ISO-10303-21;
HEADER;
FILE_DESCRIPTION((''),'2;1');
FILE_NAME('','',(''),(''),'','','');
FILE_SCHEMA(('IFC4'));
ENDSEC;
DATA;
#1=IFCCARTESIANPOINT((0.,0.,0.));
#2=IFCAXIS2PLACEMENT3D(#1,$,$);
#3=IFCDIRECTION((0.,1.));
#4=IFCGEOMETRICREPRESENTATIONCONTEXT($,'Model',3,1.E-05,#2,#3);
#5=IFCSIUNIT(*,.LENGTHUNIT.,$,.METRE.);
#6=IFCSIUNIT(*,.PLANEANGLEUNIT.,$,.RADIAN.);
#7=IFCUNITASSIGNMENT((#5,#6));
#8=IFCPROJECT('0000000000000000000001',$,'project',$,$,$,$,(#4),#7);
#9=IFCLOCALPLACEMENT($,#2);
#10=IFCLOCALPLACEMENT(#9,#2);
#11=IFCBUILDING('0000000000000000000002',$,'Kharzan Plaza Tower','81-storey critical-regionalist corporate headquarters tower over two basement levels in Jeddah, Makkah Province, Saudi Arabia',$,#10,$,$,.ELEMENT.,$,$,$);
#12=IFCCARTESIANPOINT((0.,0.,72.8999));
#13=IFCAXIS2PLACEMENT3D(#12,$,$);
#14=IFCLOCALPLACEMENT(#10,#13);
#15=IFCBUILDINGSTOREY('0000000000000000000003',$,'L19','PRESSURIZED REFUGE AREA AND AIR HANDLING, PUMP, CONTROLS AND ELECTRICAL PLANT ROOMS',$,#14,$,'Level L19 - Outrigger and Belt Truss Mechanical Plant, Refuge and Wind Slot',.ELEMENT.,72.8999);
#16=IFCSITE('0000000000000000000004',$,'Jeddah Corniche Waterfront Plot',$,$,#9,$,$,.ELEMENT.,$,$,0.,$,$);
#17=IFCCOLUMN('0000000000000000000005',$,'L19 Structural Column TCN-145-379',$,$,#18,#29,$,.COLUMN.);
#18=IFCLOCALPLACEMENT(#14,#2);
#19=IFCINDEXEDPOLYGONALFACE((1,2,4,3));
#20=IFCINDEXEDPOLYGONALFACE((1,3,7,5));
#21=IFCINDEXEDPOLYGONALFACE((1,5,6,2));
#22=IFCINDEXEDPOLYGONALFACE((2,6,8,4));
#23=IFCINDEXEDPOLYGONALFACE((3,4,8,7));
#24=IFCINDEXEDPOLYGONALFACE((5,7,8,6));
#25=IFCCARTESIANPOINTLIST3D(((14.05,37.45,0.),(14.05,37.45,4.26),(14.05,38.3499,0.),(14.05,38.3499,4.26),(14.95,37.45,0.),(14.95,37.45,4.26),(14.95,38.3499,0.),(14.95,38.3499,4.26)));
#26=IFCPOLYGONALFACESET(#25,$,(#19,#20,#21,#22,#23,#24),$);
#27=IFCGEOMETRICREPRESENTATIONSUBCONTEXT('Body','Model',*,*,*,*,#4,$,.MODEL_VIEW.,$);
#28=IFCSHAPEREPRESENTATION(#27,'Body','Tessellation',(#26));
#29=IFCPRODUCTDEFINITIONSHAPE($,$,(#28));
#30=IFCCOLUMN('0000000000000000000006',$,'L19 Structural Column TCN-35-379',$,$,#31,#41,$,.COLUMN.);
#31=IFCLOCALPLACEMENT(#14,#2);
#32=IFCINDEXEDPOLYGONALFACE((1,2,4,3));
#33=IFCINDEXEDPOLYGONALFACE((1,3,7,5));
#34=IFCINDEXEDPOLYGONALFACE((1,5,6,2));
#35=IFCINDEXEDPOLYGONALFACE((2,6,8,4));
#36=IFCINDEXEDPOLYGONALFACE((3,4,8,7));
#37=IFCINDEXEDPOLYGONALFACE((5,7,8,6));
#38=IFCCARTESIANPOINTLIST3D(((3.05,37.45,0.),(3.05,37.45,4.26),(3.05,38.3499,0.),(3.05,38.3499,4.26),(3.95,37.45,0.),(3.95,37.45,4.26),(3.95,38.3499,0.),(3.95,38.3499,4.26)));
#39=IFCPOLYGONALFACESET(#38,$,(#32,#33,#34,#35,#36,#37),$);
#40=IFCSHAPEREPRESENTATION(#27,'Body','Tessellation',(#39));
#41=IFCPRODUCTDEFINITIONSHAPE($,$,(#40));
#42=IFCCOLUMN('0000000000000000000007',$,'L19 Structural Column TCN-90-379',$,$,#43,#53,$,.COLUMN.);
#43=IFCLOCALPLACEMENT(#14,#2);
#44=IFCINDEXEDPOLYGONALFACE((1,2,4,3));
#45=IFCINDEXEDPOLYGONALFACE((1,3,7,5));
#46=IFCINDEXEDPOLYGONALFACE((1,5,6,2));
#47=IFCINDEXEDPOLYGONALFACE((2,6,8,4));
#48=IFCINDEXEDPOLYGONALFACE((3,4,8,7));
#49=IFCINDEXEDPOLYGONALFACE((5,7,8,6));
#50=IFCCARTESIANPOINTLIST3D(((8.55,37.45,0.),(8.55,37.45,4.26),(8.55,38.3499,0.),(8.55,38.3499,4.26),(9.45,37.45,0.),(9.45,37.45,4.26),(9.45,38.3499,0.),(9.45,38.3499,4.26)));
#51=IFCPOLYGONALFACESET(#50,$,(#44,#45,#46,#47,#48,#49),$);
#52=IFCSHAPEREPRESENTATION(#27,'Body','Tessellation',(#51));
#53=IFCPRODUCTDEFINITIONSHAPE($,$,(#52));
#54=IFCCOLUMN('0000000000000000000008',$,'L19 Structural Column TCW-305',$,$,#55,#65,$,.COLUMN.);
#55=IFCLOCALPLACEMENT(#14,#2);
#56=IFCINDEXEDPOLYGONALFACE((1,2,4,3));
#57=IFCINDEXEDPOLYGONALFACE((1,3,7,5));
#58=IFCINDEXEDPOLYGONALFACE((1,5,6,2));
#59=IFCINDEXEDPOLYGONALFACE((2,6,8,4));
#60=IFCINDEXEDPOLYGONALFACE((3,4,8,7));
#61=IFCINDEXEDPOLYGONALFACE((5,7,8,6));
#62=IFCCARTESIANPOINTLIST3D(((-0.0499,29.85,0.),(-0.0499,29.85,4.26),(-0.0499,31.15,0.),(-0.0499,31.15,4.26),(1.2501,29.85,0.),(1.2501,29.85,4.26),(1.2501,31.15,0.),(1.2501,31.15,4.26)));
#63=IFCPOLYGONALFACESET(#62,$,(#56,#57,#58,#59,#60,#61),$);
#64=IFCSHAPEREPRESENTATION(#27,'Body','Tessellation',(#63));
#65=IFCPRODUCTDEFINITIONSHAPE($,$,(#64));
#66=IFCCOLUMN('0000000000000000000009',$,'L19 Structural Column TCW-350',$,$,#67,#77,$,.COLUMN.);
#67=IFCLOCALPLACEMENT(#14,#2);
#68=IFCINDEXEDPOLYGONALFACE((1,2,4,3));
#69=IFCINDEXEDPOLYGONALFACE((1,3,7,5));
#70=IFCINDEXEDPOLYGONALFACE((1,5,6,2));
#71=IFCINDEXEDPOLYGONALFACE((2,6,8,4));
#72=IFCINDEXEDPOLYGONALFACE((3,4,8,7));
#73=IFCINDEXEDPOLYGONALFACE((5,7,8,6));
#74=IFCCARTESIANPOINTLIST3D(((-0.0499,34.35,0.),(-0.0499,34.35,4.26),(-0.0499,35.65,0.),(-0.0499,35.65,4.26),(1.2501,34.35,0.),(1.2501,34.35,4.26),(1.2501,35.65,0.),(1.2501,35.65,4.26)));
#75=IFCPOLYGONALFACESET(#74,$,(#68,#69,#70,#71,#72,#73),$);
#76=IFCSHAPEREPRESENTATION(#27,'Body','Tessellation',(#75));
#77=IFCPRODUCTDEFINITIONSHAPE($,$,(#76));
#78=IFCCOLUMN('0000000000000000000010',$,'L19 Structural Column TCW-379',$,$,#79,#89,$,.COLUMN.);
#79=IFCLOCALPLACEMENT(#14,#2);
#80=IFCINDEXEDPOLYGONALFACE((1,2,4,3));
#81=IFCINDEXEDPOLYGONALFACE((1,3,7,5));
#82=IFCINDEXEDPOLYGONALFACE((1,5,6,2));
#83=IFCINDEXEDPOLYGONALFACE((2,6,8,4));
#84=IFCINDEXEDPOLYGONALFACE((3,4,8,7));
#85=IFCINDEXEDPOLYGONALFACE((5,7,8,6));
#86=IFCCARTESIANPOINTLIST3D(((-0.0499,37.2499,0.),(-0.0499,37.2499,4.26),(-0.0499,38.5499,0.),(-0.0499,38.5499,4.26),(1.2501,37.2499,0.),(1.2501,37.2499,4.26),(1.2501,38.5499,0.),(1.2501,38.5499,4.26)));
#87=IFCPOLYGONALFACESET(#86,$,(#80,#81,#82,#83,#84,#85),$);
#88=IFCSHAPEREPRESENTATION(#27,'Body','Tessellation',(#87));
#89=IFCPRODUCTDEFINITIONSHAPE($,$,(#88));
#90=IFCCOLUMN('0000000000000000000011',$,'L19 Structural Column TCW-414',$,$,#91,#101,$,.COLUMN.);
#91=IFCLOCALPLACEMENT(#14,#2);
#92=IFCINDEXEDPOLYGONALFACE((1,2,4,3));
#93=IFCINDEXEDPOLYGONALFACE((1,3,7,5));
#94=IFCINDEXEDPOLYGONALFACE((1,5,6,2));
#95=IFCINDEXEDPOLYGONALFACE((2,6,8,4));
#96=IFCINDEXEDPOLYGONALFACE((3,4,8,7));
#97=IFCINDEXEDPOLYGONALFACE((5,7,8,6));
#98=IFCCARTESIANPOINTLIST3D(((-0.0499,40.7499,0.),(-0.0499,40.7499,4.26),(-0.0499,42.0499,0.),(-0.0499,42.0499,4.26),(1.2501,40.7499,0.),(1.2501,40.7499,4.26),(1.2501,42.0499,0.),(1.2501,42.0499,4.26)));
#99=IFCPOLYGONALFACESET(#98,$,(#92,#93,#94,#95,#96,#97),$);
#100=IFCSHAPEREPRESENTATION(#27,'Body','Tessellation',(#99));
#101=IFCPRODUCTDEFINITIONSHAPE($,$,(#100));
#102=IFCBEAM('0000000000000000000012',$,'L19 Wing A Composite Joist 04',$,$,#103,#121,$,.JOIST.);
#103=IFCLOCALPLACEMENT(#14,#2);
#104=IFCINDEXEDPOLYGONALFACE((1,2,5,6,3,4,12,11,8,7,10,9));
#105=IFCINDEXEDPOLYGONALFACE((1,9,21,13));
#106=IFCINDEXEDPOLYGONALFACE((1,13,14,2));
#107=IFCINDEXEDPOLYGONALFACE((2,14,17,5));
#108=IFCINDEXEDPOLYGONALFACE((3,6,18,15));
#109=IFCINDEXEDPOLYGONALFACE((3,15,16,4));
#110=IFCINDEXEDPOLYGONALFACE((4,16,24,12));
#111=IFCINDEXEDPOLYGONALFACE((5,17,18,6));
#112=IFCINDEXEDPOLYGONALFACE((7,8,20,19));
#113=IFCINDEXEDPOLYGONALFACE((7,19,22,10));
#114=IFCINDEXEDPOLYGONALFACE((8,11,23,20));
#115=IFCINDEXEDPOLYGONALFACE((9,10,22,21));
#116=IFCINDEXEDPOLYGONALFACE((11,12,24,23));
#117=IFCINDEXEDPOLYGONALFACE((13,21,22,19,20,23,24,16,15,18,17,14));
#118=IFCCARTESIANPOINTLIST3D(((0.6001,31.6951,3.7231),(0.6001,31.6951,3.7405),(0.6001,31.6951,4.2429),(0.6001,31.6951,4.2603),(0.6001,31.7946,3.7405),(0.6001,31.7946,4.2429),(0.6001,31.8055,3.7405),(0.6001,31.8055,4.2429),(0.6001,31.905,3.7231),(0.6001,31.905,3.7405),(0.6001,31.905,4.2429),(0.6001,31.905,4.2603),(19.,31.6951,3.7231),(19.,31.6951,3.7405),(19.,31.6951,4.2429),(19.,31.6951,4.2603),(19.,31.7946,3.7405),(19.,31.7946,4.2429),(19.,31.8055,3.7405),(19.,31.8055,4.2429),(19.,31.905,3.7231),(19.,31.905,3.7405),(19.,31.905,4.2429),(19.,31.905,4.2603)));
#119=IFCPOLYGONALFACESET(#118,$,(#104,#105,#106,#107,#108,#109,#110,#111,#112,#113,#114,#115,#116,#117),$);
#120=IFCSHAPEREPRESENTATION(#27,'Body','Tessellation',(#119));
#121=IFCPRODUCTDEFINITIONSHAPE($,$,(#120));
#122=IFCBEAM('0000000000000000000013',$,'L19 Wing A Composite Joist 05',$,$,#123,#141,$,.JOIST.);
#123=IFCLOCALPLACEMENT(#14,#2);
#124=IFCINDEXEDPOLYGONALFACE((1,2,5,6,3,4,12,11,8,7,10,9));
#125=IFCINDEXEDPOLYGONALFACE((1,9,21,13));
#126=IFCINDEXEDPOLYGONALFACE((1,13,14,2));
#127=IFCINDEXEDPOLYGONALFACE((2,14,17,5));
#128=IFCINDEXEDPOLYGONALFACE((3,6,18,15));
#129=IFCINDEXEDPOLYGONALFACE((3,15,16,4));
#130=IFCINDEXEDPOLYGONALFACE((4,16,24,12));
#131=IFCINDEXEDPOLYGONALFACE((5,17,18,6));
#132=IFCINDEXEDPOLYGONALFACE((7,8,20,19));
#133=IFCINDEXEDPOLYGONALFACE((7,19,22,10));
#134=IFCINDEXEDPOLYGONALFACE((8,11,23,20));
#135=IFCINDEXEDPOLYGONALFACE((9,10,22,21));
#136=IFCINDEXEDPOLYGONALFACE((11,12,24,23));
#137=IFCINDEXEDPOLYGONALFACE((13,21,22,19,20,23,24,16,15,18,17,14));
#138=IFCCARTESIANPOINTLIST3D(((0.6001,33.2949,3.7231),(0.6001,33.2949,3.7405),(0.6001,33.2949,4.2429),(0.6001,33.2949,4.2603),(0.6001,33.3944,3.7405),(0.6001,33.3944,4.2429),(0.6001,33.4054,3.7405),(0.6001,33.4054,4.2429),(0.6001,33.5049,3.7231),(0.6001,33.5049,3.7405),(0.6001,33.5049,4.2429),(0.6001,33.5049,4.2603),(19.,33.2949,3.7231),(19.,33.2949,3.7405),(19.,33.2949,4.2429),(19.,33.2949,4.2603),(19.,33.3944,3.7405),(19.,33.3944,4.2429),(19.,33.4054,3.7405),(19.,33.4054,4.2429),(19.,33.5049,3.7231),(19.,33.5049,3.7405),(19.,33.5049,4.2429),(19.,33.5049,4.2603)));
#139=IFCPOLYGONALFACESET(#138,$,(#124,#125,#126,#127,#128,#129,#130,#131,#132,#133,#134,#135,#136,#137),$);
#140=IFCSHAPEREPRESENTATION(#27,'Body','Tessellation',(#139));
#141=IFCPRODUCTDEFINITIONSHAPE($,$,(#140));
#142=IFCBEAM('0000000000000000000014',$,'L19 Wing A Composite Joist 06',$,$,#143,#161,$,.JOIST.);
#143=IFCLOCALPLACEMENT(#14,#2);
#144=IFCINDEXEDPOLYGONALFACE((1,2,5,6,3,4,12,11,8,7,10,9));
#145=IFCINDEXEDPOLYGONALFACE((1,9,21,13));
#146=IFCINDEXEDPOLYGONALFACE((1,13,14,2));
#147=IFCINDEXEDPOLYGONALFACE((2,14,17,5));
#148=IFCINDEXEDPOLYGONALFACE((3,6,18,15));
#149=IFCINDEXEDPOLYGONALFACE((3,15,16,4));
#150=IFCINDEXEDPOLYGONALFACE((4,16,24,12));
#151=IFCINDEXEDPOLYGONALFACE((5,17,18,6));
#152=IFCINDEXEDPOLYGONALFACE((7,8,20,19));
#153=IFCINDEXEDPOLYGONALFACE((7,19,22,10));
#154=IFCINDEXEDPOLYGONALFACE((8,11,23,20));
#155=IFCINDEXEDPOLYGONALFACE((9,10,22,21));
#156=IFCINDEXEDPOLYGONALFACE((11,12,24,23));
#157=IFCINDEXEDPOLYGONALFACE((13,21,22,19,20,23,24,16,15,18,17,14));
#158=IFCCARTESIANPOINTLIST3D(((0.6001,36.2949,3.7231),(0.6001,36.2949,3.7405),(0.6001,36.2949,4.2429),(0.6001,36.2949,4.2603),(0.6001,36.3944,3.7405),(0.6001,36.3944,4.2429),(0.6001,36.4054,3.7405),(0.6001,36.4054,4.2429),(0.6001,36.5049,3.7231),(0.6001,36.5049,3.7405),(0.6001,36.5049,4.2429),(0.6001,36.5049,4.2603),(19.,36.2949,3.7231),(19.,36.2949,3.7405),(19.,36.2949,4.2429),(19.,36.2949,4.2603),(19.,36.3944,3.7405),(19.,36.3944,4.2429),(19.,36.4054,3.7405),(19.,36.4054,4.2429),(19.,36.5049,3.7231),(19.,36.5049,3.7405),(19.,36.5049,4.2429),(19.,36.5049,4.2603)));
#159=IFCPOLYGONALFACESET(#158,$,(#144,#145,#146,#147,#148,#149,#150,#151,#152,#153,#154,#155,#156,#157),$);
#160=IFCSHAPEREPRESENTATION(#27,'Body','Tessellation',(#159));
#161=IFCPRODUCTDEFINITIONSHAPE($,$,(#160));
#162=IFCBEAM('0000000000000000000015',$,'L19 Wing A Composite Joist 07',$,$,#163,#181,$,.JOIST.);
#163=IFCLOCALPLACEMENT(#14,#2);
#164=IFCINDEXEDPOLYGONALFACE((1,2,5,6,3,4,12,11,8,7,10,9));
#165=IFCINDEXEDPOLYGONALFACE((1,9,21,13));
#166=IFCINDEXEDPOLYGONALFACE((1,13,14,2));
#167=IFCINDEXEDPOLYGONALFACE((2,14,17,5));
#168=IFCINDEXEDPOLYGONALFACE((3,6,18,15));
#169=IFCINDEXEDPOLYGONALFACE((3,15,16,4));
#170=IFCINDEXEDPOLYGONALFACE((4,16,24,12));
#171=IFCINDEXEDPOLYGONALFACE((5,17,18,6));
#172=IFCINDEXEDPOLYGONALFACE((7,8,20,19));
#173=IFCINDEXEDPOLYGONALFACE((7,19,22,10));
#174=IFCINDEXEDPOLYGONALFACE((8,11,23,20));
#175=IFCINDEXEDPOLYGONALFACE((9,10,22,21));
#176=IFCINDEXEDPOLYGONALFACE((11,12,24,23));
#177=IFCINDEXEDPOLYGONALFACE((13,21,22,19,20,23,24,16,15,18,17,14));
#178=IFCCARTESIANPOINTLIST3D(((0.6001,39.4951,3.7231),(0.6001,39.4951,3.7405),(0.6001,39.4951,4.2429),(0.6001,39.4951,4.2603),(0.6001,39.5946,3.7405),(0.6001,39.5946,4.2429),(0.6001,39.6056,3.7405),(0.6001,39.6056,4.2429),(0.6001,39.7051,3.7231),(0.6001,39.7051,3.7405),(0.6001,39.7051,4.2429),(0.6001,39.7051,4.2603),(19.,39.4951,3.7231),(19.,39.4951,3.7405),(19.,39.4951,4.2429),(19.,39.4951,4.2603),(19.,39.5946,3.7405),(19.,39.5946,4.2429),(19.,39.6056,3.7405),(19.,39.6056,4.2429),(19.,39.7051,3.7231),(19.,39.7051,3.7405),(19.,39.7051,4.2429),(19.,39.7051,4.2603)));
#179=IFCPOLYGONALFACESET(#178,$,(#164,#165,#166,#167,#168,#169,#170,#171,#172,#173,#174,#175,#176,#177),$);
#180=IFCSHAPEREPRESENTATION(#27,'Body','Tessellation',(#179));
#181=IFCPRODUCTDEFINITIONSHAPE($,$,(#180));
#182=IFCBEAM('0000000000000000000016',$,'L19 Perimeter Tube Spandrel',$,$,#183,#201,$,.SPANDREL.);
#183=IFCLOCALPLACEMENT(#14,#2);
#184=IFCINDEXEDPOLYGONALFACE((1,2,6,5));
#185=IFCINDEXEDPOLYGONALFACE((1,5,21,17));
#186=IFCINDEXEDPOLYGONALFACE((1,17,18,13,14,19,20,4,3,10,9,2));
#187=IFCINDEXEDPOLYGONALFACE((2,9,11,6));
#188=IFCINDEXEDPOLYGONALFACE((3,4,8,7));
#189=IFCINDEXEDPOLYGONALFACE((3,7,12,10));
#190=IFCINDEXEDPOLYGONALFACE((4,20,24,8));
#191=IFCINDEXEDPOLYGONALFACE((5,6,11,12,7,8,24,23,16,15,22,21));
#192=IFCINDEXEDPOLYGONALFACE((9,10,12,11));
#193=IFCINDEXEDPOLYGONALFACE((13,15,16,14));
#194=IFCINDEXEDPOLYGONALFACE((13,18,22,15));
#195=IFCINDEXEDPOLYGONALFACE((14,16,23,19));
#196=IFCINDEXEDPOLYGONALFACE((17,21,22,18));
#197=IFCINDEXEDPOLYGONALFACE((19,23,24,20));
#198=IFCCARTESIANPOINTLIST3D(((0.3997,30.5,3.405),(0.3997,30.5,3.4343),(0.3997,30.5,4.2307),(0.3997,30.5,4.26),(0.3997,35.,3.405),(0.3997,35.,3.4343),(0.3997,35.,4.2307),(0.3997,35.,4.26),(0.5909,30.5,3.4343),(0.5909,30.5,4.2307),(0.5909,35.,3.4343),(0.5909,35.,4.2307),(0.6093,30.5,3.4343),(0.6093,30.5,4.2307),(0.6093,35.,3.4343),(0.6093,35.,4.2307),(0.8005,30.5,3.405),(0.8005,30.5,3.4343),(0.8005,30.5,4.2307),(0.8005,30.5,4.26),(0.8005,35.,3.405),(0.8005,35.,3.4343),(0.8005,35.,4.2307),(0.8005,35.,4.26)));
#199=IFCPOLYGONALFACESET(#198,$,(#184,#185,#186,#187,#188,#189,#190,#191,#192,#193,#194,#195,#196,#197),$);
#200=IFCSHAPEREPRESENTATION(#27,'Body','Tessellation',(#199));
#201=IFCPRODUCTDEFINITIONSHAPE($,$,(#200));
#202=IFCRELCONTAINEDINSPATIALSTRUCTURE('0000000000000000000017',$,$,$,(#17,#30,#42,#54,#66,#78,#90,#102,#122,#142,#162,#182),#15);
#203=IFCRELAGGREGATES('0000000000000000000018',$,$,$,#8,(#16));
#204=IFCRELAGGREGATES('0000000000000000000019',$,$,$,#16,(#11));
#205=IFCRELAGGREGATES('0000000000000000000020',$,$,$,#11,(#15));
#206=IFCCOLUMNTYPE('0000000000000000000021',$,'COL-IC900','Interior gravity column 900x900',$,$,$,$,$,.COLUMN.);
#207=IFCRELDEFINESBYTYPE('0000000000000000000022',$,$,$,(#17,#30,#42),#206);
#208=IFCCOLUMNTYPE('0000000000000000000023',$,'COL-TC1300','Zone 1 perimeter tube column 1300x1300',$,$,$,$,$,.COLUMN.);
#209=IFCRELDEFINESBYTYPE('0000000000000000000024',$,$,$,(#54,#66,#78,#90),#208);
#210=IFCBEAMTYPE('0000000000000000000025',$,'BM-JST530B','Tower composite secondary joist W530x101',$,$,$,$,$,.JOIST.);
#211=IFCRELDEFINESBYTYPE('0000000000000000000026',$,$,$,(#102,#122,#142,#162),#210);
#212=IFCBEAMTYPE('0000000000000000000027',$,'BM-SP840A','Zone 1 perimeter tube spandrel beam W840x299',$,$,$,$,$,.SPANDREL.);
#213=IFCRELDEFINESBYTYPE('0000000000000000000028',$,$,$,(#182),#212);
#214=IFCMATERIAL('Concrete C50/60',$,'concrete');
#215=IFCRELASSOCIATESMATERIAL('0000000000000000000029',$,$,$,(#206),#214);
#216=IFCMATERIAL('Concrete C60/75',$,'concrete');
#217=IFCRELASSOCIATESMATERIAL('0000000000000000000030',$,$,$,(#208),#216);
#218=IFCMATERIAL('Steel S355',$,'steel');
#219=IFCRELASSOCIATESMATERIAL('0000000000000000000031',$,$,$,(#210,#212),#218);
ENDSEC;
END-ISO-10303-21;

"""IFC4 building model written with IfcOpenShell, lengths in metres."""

from ifc_helpers import new_model, si_unit, direction, frame, origin, origin_2d, place, context, subcontext, project, spatial, rectangle, i_section, extrude, source, transform, mapped, material, material_profile, profile_set, type_object, element, save


model = new_model("IFC4")

# Units and contexts
model_context = context("Model", 3, precision=1e-05, world=origin(), true_north=direction((0.0, 1.0)))
body_context = subcontext(model_context, "Body", "Model", "MODEL_VIEW")
ifc_project = project(units=[si_unit("LENGTHUNIT", "METRE"), si_unit("PLANEANGLEUNIT", "RADIAN")], contexts=[model_context])

# Site, building, storey
site_placement = place(None, origin())
site = spatial("IfcSite", under=ifc_project, at=site_placement, Name="Jeddah Corniche Waterfront Plot", CompositionType="ELEMENT", RefElevation=0.0)
building_placement = place(site_placement, origin())
building = spatial("IfcBuilding", under=site, at=building_placement, Name="Kharzan Plaza Tower", Description="81-storey critical-regionalist corporate headquarters tower over two basement levels in Jeddah, Makkah Province, Saudi Arabia", CompositionType="ELEMENT")
storey_placement = place(building_placement, frame((0.0, 0.0, 72.8999)))
storey = spatial("IfcBuildingStorey", under=building, at=storey_placement, Name="L19", Description="PRESSURIZED REFUGE AREA AND AIR HANDLING, PUMP, CONTROLS AND ELECTRICAL PLANT ROOMS", LongName="Level L19 - Outrigger and Belt Truss Mechanical Plant, Refuge and Wind Slot", CompositionType="ELEMENT", Elevation=72.8999)

# Columns
ifc_material_1 = material(Name="Concrete C50/60", Category="concrete")
ifc_material_profile_1 = material_profile(ifc_material_1, rectangle(XDim=0.8999, YDim=0.8999, at=origin_2d()), Name="RC-IC900x900")
ifc_profile_set_1 = profile_set([ifc_material_profile_1], Name="Concrete C50/60")
column_type_1 = type_object("IfcColumnType", Name="COL-IC900", Description="Interior gravity column 900x900", PredefinedType="COLUMN", material=ifc_profile_set_1)
shared_shape_1 = source(origin(), body_context, "Body", "SweptSolid", [
    extrude(rectangle(XDim=0.8999, YDim=0.8999, at=origin_2d()), origin(), (0.0, 0.0, 1.0), 4.26),
])
for number, where, z_axis, x_axis, name in (
    (1, (14.5, 37.8999, 0.0), (0.0, 0.0, 1.0), (1.0, 0.0, 0.0), "L19 Structural Column TCN-145-379"),
    (2, (3.5, 37.8999, 0.0), (0.0, 0.0, 1.0), (1.0, 0.0, 0.0), "L19 Structural Column TCN-35-379"),
    (3, (9.0, 37.8999, 0.0), (0.0, 0.0, 1.0), (1.0, 0.0, 0.0), "L19 Structural Column TCN-90-379"),
):
    element("IfcColumn", number, at=place(storey_placement, frame(where, z_axis=z_axis, x_axis=x_axis)), inside=storey, type_object=column_type_1, Name=name, PredefinedType="COLUMN", context=body_context, shape_type="MappedRepresentation", body=[
        mapped(shared_shape_1, transform((0.0, 0.0, 0.0), x_axis=(1.0, 0.0, 0.0), y_axis=(0.0, 1.0, 0.0), z_axis=(0.0, 0.0, 1.0))),
    ])
ifc_material_2 = material(Name="Concrete C60/75", Category="concrete")
ifc_material_profile_2 = material_profile(ifc_material_2, rectangle(XDim=1.3, YDim=1.3, at=origin_2d()), Name="RC-TC1300x1300")
ifc_profile_set_2 = profile_set([ifc_material_profile_2], Name="Concrete C60/75")
column_type_2 = type_object("IfcColumnType", Name="COL-TC1300", Description="Zone 1 perimeter tube column 1300x1300", PredefinedType="COLUMN", material=ifc_profile_set_2)
shared_shape_2 = source(origin(), body_context, "Body", "SweptSolid", [
    extrude(rectangle(XDim=1.3, YDim=1.3, at=origin_2d()), origin(), (0.0, 0.0, 1.0), 4.26),
])
for number, where, z_axis, x_axis, name in (
    (4, (0.6001, 30.5, 0.0), (0.0, 0.0, 1.0), (1.0, 0.0, 0.0), "L19 Structural Column TCW-305"),
    (5, (0.6001, 35.0, 0.0), (0.0, 0.0, 1.0), (1.0, 0.0, 0.0), "L19 Structural Column TCW-350"),
    (6, (0.6001, 37.8999, 0.0), (0.0, 0.0, 1.0), (1.0, 0.0, 0.0), "L19 Structural Column TCW-379"),
    (7, (0.6001, 41.3999, 0.0), (0.0, 0.0, 1.0), (1.0, 0.0, 0.0), "L19 Structural Column TCW-414"),
):
    element("IfcColumn", number, at=place(storey_placement, frame(where, z_axis=z_axis, x_axis=x_axis)), inside=storey, type_object=column_type_2, Name=name, PredefinedType="COLUMN", context=body_context, shape_type="MappedRepresentation", body=[
        mapped(shared_shape_2, transform((0.0, 0.0, 0.0), x_axis=(1.0, 0.0, 0.0), y_axis=(0.0, 1.0, 0.0), z_axis=(0.0, 0.0, 1.0))),
    ])

# Beams
ifc_material_3 = material(Name="Steel S355", Category="steel")
ifc_material_profile_3 = material_profile(ifc_material_3, i_section(OverallWidth=0.21, OverallDepth=0.5371, WebThickness=0.011, FlangeThickness=0.0173, at=origin_2d()), Name="W530x101")
ifc_profile_set_3 = profile_set([ifc_material_profile_3], Name="Steel S355")
beam_type_1 = type_object("IfcBeamType", Name="BM-JST530B", Description="Tower composite secondary joist W530x101", PredefinedType="JOIST", material=ifc_profile_set_3)
shared_shape_3 = source(origin(), body_context, "Body", "SweptSolid", [
    extrude(i_section(OverallWidth=0.21, OverallDepth=0.5371, WebThickness=0.011, FlangeThickness=0.0173, at=origin_2d()), origin(), (0.0, 0.0, 1.0), 18.3999),
])
for number, where, z_axis, x_axis, name in (
    (8, (0.6001, 31.8, 3.9917), (1.0, 0.0, 0.0), (0.0, 1.0, 0.0), "L19 Wing A Composite Joist 04"),
    (9, (0.6001, 33.3999, 3.9917), (1.0, 0.0, 0.0), (0.0, 1.0, 0.0), "L19 Wing A Composite Joist 05"),
    (10, (0.6001, 36.3999, 3.9917), (1.0, 0.0, 0.0), (0.0, 1.0, 0.0), "L19 Wing A Composite Joist 06"),
    (11, (0.6001, 39.6001, 3.9917), (1.0, 0.0, 0.0), (0.0, 1.0, 0.0), "L19 Wing A Composite Joist 07"),
):
    element("IfcBeam", number, at=place(storey_placement, frame(where, z_axis=z_axis, x_axis=x_axis)), inside=storey, type_object=beam_type_1, Name=name, PredefinedType="JOIST", context=body_context, shape_type="MappedRepresentation", body=[
        mapped(shared_shape_3, transform((0.0, 0.0, 0.0), x_axis=(1.0, 0.0, 0.0), y_axis=(0.0, 1.0, 0.0), z_axis=(0.0, 0.0, 1.0))),
    ])
ifc_material_profile_4 = material_profile(ifc_material_3, i_section(OverallWidth=0.4009, OverallDepth=0.855, WebThickness=0.0183, FlangeThickness=0.0293, at=origin_2d()), Name="W840x299")
ifc_profile_set_4 = profile_set([ifc_material_profile_4], Name="Steel S355")
beam_type_2 = type_object("IfcBeamType", Name="BM-SP840A", Description="Zone 1 perimeter tube spandrel beam W840x299", PredefinedType="SPANDREL", material=ifc_profile_set_4)
shared_shape_4 = source(origin(), body_context, "Body", "SweptSolid", [
    extrude(i_section(OverallWidth=0.4009, OverallDepth=0.855, WebThickness=0.0183, FlangeThickness=0.0293, at=origin_2d()), origin(), (0.0, 0.0, 1.0), 4.5),
])
beam_1_placement = place(storey_placement, frame((0.6001, 30.5, 3.8325), z_axis=(0.0, 1.0, 0.0), x_axis=(-1.0, 0.0, 0.0)))
element("IfcBeam", 12, at=beam_1_placement, inside=storey, type_object=beam_type_2, Name="L19 Perimeter Tube Spandrel", PredefinedType="SPANDREL", context=body_context, shape_type="MappedRepresentation", body=[
    mapped(shared_shape_4, transform((0.0, 0.0, 0.0), x_axis=(1.0, 0.0, 0.0), y_axis=(0.0, 1.0, 0.0), z_axis=(0.0, 0.0, 1.0))),
])

save(model, "model.ifc")
